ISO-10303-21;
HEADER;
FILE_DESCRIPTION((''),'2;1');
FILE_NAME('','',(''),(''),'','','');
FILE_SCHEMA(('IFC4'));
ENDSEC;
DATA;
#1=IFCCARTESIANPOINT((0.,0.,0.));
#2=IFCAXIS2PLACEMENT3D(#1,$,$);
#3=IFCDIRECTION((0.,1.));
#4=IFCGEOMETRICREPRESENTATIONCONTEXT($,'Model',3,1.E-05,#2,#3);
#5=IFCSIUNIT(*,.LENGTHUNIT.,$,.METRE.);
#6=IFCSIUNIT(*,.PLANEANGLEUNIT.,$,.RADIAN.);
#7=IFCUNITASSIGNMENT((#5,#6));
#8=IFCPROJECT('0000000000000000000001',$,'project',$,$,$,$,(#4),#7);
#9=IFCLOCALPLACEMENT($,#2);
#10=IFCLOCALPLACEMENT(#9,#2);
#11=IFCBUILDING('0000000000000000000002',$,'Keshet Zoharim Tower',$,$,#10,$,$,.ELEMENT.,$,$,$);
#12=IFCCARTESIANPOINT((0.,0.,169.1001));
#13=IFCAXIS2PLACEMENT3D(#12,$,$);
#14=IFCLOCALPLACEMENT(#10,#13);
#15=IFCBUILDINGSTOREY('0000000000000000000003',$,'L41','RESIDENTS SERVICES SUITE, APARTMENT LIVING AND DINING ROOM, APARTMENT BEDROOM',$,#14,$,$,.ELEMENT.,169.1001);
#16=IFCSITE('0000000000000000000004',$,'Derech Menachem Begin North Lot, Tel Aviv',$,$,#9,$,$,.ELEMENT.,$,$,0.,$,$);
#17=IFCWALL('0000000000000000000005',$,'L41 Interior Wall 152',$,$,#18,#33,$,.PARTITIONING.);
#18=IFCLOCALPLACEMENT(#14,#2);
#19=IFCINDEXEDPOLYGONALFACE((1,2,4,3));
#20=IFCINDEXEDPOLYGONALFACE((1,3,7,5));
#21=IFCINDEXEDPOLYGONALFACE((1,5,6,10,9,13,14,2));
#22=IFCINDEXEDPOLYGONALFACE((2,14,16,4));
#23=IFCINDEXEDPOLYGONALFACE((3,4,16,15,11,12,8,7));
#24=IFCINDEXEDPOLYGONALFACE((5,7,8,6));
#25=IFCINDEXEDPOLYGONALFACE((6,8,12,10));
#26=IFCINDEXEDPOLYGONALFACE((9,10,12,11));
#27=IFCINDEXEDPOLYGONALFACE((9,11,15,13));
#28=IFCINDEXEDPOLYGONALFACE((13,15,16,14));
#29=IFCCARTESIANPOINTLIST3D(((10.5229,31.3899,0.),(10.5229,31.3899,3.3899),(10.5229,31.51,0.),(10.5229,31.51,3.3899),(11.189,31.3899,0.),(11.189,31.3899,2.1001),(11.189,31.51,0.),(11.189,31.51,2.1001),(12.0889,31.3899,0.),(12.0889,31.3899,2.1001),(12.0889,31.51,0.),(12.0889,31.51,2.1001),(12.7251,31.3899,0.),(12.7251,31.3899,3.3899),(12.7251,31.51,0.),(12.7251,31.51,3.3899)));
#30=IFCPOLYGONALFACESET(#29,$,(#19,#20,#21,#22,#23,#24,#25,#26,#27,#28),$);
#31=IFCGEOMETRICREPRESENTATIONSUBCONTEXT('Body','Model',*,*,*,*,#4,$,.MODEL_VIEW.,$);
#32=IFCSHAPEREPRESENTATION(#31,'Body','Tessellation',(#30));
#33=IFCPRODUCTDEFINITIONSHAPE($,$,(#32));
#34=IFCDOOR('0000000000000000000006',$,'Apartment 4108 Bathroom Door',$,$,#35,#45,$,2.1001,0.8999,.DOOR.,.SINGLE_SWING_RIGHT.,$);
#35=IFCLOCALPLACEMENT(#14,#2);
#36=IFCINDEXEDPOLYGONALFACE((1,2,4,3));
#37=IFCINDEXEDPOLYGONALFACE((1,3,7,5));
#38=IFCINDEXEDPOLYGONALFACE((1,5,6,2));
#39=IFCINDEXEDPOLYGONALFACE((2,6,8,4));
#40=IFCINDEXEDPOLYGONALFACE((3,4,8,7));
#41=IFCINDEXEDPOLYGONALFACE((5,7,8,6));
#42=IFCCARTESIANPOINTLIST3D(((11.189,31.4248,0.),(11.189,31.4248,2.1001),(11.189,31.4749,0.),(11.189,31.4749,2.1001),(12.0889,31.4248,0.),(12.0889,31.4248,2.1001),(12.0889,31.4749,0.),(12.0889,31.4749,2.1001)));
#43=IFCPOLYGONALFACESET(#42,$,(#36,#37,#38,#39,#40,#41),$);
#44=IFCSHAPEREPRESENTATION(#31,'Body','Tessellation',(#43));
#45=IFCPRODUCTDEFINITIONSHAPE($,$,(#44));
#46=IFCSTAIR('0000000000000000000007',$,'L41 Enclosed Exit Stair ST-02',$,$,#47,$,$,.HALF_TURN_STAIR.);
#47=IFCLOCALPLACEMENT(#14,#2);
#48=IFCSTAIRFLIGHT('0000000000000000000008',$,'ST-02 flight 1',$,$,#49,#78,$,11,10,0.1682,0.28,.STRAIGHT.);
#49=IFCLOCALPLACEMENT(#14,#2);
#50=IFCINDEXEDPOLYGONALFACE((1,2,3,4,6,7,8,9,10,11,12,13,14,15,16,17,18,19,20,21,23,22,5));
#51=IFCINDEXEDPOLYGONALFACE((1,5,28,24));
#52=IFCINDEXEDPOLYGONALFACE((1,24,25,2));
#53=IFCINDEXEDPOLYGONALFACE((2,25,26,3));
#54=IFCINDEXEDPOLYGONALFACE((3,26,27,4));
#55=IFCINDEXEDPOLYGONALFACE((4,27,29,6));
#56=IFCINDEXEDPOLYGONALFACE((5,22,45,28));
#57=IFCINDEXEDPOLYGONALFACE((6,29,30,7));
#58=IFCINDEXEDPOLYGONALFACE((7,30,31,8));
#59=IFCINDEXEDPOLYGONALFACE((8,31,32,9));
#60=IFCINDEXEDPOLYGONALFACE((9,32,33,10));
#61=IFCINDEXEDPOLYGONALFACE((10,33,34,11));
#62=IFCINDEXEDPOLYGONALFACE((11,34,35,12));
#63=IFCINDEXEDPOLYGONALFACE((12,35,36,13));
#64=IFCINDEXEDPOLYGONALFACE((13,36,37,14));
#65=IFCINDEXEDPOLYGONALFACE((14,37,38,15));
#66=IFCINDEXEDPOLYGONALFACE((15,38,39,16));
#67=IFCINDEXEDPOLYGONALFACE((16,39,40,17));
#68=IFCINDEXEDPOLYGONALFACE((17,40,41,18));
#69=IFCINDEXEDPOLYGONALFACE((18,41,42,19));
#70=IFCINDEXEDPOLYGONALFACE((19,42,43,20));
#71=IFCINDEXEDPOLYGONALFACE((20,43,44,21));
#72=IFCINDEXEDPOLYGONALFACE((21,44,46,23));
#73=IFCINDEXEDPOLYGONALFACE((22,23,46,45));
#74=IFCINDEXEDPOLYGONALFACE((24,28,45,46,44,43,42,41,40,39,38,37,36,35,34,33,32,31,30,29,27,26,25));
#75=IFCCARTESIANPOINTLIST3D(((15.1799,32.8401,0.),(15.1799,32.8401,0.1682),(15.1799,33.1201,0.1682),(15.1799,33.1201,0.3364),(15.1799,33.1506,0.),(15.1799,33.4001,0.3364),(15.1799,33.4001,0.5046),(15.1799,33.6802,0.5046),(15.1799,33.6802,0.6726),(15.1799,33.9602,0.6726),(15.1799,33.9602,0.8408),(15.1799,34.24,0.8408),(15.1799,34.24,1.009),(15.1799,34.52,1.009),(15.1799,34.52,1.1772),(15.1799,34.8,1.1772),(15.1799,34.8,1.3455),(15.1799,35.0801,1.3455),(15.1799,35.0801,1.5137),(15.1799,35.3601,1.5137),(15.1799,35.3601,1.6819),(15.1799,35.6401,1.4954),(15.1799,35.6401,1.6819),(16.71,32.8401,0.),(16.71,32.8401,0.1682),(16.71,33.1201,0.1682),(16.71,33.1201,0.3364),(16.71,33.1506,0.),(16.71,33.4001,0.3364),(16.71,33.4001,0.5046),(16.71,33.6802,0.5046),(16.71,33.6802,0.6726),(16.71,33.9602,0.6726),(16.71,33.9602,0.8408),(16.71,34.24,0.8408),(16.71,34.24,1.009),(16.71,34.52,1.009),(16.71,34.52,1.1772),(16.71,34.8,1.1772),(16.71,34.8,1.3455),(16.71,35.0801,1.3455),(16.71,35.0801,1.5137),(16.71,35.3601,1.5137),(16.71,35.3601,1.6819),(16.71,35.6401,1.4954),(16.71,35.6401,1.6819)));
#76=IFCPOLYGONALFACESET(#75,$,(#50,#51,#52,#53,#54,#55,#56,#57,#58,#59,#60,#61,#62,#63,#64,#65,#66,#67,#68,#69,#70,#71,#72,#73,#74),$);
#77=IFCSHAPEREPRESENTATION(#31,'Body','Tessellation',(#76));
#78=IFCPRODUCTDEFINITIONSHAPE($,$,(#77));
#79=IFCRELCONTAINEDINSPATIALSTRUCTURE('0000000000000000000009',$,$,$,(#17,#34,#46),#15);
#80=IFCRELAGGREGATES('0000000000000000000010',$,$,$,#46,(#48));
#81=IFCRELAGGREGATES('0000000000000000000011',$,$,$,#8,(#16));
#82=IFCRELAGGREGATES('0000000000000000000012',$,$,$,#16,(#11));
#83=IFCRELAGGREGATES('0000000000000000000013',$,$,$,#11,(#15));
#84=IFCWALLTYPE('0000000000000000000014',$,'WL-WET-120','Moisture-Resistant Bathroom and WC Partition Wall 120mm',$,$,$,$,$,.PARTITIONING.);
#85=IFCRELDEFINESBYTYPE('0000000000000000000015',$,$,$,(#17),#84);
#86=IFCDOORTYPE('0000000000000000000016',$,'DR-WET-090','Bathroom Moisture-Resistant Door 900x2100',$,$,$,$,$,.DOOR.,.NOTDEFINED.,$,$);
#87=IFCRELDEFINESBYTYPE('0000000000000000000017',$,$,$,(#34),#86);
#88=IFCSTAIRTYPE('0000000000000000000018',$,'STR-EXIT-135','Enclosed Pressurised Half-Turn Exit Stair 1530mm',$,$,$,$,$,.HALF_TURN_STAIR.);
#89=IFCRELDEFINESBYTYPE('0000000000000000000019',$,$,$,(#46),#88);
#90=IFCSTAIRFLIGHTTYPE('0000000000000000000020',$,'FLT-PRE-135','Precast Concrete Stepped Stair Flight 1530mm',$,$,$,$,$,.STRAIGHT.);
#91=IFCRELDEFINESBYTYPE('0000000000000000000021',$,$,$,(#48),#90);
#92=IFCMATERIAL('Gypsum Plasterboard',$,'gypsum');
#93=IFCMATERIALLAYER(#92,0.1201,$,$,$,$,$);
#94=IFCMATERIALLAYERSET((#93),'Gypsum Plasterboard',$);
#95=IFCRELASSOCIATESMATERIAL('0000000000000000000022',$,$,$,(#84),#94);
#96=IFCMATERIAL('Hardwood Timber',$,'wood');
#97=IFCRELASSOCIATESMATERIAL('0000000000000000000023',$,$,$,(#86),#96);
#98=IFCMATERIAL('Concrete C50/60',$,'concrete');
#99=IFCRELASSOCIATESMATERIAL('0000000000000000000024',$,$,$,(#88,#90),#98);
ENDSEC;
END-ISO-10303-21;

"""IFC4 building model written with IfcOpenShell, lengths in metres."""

from ifc_helpers import new_model, si_unit, direction, frame, frame_2d, origin, place, context, subcontext, project, spatial, polyline, rectangle, outline, extrude, material, layer, layer_set, type_object, element, fill, aggregate, save


model = new_model("IFC4")

# Units and contexts
model_context = context("Model", 3, precision=1e-05, world=origin(), true_north=direction((0.0, 1.0)))
body_context = subcontext(model_context, "Body", "Model", "MODEL_VIEW")
ifc_project = project(units=[si_unit("LENGTHUNIT", "METRE"), si_unit("PLANEANGLEUNIT", "RADIAN")], contexts=[model_context])

# Site, building, storey
site_placement = place(None, origin())
site = spatial("IfcSite", under=ifc_project, at=site_placement, Name="Derech Menachem Begin North Lot, Tel Aviv", CompositionType="ELEMENT", RefElevation=0.0)
building_placement = place(site_placement, origin())
building = spatial("IfcBuilding", under=site, at=building_placement, Name="Keshet Zoharim Tower", CompositionType="ELEMENT")
storey_placement = place(building_placement, frame((0.0, 0.0, 169.1001)))
storey = spatial("IfcBuildingStorey", under=building, at=storey_placement, Name="L41", Description="RESIDENTS SERVICES SUITE, APARTMENT LIVING AND DINING ROOM, APARTMENT BEDROOM", CompositionType="ELEMENT", Elevation=169.1001)

# Shared definitions
ifc_material_1 = material(Name="Hardwood Timber", Category="wood")

# Shared definitions
ifc_material_2 = material(Name="Gypsum Plasterboard", Category="gypsum")

# Shared definitions
ifc_layer_1 = layer(ifc_material_2, 0.1201)
ifc_layer_set_1 = layer_set([ifc_layer_1], Name="Gypsum Plasterboard")
wall_type_1 = type_object("IfcWallType", Name="WL-WET-120", Description="Moisture-Resistant Bathroom and WC Partition Wall 120mm", PredefinedType="PARTITIONING", material=ifc_layer_set_1)

# Wall, opening, door
wall_1_placement = place(storey_placement, frame((10.5229, 31.45, 0.0), z_axis=(0.0, 0.0, 1.0), x_axis=(1.0, 0.0, 0.0)))
wall_1 = element("IfcWall", 1, at=wall_1_placement, inside=storey, type_object=wall_type_1, Name="L41 Interior Wall 152", PredefinedType="PARTITIONING", context=body_context, shape_type="SweptSolid", body=[
    extrude(rectangle(XDim=2.2021, YDim=0.1201, at=frame_2d((1.1011, 0.0))), origin(), (0.0, 0.0, 1.0), 3.3899),
])
opening_1_placement = place(wall_1_placement, frame((0.666, 0.0, 0.0)))
opening_1 = element("IfcOpeningElement", 2, at=opening_1_placement, cuts=wall_1, PredefinedType="OPENING", context=body_context, shape_type="SweptSolid", body=[
    extrude(rectangle(XDim=0.8999, YDim=2.1001, at=frame_2d((0.45, 1.05))), frame((0.0, 0.0701, 0.0), z_axis=(0.0, -1.0, 0.0), x_axis=(1.0, 0.0, 0.0)), (0.0, 0.0, 1.0), 0.1401),
])
door_type_1 = type_object("IfcDoorType", Name="DR-WET-090", Description="Bathroom Moisture-Resistant Door 900x2100", OperationType="NOTDEFINED", PredefinedType="DOOR", material=ifc_material_1)
door_1_placement = place(opening_1_placement, origin())
door_1 = element("IfcDoor", 3, at=door_1_placement, inside=storey, type_object=door_type_1, Name="Apartment 4108 Bathroom Door", OperationType="SINGLE_SWING_RIGHT", OverallHeight=2.1001, OverallWidth=0.8999, PredefinedType="DOOR", context=body_context, shape_type="SweptSolid", body=[
    extrude(rectangle(XDim=0.8999, YDim=2.1001, at=frame_2d((0.45, 1.05))), frame((0.0, 0.0249, 0.0), z_axis=(0.0, -1.0, 0.0), x_axis=(1.0, 0.0, 0.0)), (0.0, 0.0, 1.0), 0.05),
])
fill(opening_1, door_1)

# Stair, stair flight
ifc_material_3 = material(Name="Concrete C50/60", Category="concrete")
stair_type = type_object("IfcStairType", Name="STR-EXIT-135", Description="Enclosed Pressurised Half-Turn Exit Stair 1530mm", PredefinedType="HALF_TURN_STAIR", material=ifc_material_3)
stair_placement = place(storey_placement, origin())
stair = element("IfcStair", 4, at=stair_placement, inside=storey, type_object=stair_type, Name="L41 Enclosed Exit Stair ST-02", PredefinedType="HALF_TURN_STAIR")
stair_flight_type = type_object("IfcStairFlightType", Name="FLT-PRE-135", Description="Precast Concrete Stepped Stair Flight 1530mm", PredefinedType="STRAIGHT", material=ifc_material_3)
stair_flight_placement = place(storey_placement, frame((15.9451, 32.8401, 0.0), z_axis=(0.0, 0.0, 1.0), x_axis=(0.0, 1.0, 0.0)))
stair_flight = element("IfcStairFlight", 5, at=stair_flight_placement, type_object=stair_flight_type, Name="ST-02 flight 1", NumberOfRisers=11, NumberOfTreads=10, PredefinedType="STRAIGHT", RiserHeight=0.1682, TreadLength=0.28, context=body_context, shape_type="SweptSolid", body=[
    extrude(outline(polyline([(0.0, 0.0), (0.0, 0.1682), (0.28, 0.1682), (0.28, 0.3364), (0.5601, 0.3364), (0.5601, 0.5046), (0.8401, 0.5046), (0.8401, 0.6726), (1.1201, 0.6726), (1.1201, 0.8408), (1.3999, 0.8408), (1.3999, 1.009), (1.6799, 1.009), (1.6799, 1.1772), (1.96, 1.1772), (1.96, 1.3455), (2.24, 1.3455), (2.24, 1.5137), (2.52, 1.5137), (2.52, 1.6819), (2.8, 1.6819), (2.8, 1.8501), (2.8, 1.4954), (0.3105, 0.0), (0.0, 0.0)])), frame((0.0, 0.7651, 0.0), z_axis=(0.0, -1.0, 0.0), x_axis=(1.0, 0.0, 0.0)), (0.0, 0.0, 1.0), 1.53),
])
aggregate(stair, [stair_flight])

save(model, "model.ifc")
